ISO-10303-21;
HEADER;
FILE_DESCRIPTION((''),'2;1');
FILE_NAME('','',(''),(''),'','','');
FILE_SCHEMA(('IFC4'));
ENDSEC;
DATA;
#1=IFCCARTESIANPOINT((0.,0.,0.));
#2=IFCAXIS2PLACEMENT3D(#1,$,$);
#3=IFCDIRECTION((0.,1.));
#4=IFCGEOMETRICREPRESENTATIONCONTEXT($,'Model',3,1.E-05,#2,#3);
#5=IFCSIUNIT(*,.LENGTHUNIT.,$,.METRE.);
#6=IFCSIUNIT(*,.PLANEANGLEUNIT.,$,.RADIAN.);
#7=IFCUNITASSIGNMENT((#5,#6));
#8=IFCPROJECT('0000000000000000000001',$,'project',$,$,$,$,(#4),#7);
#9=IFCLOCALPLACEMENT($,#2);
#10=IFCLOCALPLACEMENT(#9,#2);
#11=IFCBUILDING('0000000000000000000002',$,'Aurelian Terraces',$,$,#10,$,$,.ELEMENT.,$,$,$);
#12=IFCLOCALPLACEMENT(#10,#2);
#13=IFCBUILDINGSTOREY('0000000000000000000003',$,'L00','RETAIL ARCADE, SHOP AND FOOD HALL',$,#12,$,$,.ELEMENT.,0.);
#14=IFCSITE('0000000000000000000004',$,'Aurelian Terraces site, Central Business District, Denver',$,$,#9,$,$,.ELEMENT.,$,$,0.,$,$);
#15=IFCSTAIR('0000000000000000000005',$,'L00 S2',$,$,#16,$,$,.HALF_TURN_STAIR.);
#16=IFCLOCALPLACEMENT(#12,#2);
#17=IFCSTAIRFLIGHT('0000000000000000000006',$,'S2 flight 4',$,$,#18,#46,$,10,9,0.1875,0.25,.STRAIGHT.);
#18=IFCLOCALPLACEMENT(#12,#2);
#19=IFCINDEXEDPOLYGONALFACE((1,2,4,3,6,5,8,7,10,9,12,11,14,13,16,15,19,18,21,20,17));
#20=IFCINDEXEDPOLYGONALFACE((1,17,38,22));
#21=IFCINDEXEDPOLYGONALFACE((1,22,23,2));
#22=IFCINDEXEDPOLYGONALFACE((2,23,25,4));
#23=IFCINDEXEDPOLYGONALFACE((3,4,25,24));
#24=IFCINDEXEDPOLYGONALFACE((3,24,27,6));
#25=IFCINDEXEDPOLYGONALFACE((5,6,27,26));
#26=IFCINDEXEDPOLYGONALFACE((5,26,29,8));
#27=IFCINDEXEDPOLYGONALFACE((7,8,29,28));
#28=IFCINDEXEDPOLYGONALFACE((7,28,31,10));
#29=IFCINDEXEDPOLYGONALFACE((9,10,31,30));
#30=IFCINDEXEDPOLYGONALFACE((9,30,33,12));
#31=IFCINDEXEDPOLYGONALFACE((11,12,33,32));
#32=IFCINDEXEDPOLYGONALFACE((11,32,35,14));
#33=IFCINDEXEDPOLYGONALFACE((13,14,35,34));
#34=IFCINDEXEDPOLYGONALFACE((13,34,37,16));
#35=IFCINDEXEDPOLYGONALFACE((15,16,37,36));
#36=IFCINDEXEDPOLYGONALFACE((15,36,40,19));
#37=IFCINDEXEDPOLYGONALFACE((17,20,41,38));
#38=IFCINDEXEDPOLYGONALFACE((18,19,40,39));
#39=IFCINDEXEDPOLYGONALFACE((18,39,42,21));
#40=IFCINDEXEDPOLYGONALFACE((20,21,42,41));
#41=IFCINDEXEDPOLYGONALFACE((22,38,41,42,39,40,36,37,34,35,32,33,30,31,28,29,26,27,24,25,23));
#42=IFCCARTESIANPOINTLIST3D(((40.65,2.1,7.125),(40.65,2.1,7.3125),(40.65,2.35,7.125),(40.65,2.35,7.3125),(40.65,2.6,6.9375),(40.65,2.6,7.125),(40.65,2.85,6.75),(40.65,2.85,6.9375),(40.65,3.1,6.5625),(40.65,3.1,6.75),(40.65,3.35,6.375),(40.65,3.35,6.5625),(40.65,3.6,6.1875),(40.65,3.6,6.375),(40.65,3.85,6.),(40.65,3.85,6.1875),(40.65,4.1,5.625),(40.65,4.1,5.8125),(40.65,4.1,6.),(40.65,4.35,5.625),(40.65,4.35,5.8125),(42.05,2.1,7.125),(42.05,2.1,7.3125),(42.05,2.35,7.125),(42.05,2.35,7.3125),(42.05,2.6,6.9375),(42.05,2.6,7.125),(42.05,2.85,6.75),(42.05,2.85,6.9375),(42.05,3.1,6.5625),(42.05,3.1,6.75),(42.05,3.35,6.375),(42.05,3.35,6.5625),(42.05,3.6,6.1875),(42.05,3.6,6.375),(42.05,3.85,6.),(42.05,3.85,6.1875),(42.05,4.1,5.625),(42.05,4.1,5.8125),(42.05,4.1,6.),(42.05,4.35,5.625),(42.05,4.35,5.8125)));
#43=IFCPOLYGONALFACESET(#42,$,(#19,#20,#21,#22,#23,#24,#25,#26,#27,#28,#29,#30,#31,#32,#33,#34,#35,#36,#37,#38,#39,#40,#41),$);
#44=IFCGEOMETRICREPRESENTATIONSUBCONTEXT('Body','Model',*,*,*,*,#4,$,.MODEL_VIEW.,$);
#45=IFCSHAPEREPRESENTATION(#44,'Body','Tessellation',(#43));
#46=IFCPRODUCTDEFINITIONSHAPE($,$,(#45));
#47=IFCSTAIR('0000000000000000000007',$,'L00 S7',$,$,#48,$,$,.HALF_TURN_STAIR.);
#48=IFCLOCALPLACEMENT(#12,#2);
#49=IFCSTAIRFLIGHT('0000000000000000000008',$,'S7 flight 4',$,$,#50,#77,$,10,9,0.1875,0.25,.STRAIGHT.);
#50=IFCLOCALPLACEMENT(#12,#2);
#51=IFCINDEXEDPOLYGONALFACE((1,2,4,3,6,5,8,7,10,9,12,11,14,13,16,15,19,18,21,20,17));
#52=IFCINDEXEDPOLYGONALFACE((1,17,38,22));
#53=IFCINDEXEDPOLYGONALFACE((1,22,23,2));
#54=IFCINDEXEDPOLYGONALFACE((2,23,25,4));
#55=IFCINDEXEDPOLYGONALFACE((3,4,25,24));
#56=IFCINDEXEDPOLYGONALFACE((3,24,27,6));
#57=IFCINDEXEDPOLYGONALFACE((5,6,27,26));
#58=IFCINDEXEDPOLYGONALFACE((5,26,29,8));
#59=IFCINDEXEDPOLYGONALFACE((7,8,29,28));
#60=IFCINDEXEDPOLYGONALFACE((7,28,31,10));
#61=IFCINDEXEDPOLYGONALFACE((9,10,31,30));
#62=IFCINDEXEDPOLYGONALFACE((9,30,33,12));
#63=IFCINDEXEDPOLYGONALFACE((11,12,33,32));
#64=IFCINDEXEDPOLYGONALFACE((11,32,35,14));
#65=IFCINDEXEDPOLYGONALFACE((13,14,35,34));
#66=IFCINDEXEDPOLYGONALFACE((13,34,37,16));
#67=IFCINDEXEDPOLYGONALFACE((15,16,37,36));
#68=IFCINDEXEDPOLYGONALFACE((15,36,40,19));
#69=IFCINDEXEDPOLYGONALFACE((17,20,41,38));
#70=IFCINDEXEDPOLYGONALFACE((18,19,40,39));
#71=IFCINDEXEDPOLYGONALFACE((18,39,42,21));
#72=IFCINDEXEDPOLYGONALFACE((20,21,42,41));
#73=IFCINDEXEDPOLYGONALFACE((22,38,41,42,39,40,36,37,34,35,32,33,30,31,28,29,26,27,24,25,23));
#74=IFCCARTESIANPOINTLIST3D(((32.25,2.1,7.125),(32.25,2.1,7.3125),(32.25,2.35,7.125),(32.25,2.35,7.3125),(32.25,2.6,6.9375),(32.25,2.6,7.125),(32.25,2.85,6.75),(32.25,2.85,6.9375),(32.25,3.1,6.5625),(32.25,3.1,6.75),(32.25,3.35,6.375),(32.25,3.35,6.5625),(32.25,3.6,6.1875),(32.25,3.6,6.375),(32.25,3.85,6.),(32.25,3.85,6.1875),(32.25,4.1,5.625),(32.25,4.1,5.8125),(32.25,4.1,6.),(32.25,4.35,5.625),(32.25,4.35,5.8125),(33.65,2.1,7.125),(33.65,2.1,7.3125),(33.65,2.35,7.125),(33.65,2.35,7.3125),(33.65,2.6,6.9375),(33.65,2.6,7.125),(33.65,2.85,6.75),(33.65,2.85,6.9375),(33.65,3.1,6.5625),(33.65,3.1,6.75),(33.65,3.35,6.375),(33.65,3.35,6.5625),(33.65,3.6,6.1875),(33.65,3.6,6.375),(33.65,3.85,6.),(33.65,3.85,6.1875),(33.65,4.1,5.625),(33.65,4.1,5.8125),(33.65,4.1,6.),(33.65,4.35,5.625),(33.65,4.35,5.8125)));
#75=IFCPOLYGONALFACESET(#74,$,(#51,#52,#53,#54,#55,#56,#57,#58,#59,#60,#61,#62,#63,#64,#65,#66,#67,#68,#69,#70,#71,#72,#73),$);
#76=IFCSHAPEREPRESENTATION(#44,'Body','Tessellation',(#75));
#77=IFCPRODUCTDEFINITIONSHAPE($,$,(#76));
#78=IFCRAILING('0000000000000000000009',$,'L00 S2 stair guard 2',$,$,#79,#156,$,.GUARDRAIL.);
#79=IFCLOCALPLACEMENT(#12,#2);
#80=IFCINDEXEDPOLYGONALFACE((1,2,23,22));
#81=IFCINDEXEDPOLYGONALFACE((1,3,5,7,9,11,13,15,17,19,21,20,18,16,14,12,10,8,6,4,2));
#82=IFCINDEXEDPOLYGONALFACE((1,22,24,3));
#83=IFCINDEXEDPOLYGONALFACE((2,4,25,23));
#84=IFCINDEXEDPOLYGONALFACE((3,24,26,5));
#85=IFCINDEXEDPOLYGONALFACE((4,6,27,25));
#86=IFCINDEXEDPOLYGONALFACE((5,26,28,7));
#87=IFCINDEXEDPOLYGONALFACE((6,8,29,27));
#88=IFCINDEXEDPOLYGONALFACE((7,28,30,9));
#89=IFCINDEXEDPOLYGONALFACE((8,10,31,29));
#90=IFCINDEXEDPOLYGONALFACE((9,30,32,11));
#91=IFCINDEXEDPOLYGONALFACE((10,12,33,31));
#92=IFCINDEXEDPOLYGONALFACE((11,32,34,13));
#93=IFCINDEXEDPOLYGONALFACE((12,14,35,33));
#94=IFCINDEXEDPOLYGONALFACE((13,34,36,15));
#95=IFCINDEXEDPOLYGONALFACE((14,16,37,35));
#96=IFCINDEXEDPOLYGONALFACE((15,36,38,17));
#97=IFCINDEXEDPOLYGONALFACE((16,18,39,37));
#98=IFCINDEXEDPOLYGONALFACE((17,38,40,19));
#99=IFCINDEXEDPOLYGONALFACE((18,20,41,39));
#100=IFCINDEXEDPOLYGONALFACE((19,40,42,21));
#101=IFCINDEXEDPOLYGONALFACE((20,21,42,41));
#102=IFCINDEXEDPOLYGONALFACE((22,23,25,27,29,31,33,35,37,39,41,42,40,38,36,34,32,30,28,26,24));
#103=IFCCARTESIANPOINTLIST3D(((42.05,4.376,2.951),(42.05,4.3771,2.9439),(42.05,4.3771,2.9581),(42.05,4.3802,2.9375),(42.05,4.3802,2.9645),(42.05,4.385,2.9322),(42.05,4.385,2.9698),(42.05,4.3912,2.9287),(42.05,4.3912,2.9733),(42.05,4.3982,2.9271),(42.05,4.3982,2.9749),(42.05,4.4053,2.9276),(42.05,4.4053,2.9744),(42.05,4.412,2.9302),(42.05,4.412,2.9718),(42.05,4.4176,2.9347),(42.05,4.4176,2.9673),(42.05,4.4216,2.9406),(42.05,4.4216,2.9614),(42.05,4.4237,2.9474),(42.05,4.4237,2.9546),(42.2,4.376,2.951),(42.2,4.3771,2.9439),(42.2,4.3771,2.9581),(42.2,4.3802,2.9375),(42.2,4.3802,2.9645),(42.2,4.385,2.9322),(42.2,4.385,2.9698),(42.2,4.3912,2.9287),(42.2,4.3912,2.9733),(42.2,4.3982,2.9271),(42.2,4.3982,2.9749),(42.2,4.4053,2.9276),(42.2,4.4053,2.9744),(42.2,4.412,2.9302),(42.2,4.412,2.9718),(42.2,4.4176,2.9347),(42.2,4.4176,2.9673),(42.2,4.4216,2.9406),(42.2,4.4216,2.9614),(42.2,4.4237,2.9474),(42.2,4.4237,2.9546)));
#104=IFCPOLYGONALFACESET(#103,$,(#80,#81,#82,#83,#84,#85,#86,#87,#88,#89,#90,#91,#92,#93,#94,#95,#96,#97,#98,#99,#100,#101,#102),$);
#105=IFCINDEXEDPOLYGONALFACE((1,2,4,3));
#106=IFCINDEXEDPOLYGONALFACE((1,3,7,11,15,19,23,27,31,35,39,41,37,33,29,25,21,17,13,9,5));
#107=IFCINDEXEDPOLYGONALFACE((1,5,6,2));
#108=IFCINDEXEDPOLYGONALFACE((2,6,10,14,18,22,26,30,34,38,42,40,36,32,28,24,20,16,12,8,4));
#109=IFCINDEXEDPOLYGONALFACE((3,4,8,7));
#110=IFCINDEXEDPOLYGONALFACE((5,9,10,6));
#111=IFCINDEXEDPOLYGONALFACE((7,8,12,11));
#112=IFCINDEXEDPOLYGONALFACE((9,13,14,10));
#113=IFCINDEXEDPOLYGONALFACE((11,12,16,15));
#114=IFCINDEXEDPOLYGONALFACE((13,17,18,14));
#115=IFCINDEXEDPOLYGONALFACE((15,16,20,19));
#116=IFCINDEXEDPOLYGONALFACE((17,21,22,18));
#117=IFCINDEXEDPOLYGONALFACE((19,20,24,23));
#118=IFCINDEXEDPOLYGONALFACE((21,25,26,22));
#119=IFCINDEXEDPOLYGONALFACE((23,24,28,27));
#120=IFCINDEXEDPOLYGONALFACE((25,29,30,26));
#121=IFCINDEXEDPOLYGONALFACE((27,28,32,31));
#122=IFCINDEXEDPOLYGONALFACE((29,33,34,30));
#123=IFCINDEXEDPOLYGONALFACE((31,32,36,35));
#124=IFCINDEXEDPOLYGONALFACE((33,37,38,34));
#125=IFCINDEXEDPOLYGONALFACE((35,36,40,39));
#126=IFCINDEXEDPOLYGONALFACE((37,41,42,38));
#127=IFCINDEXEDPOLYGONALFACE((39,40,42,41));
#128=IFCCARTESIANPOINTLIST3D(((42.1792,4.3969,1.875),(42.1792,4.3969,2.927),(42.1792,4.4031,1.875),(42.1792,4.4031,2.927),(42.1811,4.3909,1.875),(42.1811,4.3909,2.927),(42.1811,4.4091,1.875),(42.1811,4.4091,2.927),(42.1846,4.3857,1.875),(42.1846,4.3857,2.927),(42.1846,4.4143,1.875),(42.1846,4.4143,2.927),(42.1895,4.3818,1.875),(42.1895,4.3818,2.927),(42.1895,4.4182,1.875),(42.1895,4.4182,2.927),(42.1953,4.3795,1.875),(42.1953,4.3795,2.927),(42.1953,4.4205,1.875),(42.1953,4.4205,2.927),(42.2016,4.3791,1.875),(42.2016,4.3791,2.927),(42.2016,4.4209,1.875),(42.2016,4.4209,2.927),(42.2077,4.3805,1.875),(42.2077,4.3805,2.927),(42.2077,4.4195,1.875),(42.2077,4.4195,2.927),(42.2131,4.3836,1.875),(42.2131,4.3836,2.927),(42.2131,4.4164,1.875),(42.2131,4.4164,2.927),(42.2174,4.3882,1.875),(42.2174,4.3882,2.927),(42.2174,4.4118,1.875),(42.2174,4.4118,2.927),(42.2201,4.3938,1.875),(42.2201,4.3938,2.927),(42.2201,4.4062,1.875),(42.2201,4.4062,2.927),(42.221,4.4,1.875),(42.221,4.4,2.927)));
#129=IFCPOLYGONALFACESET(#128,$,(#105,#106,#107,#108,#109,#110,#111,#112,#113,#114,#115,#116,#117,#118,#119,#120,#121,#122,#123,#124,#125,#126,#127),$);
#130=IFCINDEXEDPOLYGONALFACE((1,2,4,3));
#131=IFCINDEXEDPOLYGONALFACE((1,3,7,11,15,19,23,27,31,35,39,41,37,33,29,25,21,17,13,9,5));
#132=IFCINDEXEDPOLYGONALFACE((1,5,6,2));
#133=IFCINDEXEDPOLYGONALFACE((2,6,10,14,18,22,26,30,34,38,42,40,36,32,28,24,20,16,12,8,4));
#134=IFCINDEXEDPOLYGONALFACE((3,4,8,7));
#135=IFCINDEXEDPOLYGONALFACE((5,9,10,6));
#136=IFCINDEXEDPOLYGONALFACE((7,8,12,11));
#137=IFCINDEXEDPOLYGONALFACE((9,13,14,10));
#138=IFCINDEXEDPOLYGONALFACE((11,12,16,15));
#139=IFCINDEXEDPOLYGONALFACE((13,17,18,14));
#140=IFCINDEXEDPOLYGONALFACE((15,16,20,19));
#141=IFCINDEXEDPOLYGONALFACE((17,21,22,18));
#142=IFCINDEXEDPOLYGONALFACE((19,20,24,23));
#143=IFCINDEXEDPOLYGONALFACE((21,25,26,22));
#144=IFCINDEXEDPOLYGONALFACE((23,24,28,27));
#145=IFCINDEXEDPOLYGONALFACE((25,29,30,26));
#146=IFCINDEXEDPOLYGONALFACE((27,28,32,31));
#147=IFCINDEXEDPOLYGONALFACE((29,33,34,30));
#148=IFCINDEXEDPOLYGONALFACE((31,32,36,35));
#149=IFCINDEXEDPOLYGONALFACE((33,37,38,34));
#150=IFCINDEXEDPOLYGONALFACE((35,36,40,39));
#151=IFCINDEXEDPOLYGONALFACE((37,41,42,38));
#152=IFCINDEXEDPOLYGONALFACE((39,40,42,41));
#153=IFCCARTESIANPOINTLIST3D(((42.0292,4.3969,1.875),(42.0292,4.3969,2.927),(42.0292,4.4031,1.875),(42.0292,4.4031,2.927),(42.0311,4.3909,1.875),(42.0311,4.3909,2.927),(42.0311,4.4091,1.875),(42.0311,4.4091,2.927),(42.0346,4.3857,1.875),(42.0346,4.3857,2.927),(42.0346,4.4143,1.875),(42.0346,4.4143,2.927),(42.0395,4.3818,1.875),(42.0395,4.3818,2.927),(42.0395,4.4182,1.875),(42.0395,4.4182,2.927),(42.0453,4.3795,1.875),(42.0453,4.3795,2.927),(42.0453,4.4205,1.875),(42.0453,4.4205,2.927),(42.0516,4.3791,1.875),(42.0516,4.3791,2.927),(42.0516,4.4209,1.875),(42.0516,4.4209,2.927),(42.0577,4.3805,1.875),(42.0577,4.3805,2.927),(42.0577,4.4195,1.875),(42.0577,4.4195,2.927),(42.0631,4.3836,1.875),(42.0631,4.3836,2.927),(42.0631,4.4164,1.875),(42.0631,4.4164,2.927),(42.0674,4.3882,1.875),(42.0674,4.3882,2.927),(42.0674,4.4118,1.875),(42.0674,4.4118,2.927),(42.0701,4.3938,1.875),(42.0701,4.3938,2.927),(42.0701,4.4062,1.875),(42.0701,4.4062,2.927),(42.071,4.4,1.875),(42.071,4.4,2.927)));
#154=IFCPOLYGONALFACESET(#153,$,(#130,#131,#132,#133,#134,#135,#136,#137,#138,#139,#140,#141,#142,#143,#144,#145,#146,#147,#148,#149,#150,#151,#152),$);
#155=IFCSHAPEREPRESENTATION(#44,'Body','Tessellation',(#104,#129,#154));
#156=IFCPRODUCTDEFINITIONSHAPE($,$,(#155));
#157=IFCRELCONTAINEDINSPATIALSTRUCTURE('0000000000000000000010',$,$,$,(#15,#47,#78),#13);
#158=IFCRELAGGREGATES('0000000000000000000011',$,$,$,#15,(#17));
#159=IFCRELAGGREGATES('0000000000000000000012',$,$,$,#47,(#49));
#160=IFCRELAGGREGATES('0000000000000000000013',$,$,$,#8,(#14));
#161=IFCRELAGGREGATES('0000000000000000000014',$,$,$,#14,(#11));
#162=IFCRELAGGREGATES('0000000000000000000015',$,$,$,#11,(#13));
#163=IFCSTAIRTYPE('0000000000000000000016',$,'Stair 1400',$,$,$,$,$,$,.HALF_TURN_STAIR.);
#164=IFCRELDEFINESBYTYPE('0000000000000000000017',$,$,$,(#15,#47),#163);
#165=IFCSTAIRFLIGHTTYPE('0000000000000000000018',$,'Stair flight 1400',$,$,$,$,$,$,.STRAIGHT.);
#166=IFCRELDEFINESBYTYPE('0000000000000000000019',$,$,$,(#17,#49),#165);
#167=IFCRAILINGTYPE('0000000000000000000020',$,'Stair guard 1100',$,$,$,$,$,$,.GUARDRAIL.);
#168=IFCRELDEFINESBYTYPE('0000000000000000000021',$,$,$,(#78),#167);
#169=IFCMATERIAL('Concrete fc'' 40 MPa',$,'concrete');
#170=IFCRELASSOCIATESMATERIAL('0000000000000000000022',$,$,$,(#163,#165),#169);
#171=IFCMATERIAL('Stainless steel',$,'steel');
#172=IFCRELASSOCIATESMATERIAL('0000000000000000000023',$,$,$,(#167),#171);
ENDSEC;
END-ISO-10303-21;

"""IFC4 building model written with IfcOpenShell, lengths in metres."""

from ifc_helpers import new_model, si_unit, direction, frame, origin, origin_2d, place, context, subcontext, project, spatial, polyline, circle, outline, extrude, source, transform, mapped, material, type_object, element, aggregate, save


model = new_model("IFC4")

# Units and contexts
model_context = context("Model", 3, precision=1e-05, world=origin(), true_north=direction((0.0, 1.0)))
body_context = subcontext(model_context, "Body", "Model", "MODEL_VIEW")
ifc_project = project(units=[si_unit("LENGTHUNIT", "METRE"), si_unit("PLANEANGLEUNIT", "RADIAN")], contexts=[model_context])

# Site, building, storey
site_placement = place(None, origin())
site = spatial("IfcSite", under=ifc_project, at=site_placement, Name="Aurelian Terraces site, Central Business District, Denver", CompositionType="ELEMENT", RefElevation=0.0)
building_placement = place(site_placement, origin())
building = spatial("IfcBuilding", under=site, at=building_placement, Name="Aurelian Terraces", CompositionType="ELEMENT")
storey_placement = place(building_placement, origin())
storey = spatial("IfcBuildingStorey", under=building, at=storey_placement, Name="L00", Description="RETAIL ARCADE, SHOP AND FOOD HALL", CompositionType="ELEMENT", Elevation=0.0)

# Shared definitions
ifc_material_1 = material(Name="Concrete fc' 40 MPa", Category="concrete")

# Stair, stair flight
stair_type = type_object("IfcStairType", Name="Stair 1400", PredefinedType="HALF_TURN_STAIR", material=ifc_material_1)
stair_1_placement = place(storey_placement, origin())
stair_1 = element("IfcStair", 1, at=stair_1_placement, inside=storey, type_object=stair_type, Name="L00 S2", PredefinedType="HALF_TURN_STAIR")
stair_flight_type = type_object("IfcStairFlightType", Name="Stair flight 1400", PredefinedType="STRAIGHT", material=ifc_material_1)
shared_shape_1 = source(origin(), body_context, "Body", "SweptSolid", [
    extrude(outline(polyline([(0.0, 0.0), (0.0, 0.1875), (0.25, 0.1875), (0.25, 0.375), (0.5, 0.375), (0.5, 0.5625), (0.75, 0.5625), (0.75, 0.75), (1.0, 0.75), (1.0, 0.9375), (1.25, 0.9375), (1.25, 1.125), (1.5, 1.125), (1.5, 1.3125), (1.75, 1.3125), (1.75, 1.5), (2.0, 1.5), (2.0, 1.6875), (2.25, 1.6875), (2.25, 1.875), (2.25, 1.5), (0.25, 0.0), (0.0, 0.0)])), frame((0.0, 0.7, 0.0), z_axis=(0.0, -1.0, 0.0), x_axis=(1.0, 0.0, 0.0)), (0.0, 0.0, 1.0), 1.4),
])
stair_flight_1_placement = place(storey_placement, frame((41.35, 4.35, 5.625), z_axis=(0.0, 0.0, 1.0), x_axis=(0.0, -1.0, 0.0)))
stair_flight_1 = element("IfcStairFlight", 2, at=stair_flight_1_placement, type_object=stair_flight_type, Name="S2 flight 4", NumberOfRisers=10, NumberOfTreads=9, PredefinedType="STRAIGHT", RiserHeight=0.1875, TreadLength=0.25, context=body_context, shape_type="MappedRepresentation", body=[
    mapped(shared_shape_1, transform((0.0, 0.0, 0.0), scale=1.0)),
])
aggregate(stair_1, [stair_flight_1])

# Stair, stair flight
stair_2_placement = place(storey_placement, origin())
stair_2 = element("IfcStair", 3, at=stair_2_placement, inside=storey, type_object=stair_type, Name="L00 S7", PredefinedType="HALF_TURN_STAIR")
stair_flight_2_placement = place(storey_placement, frame((32.95, 4.35, 5.625), z_axis=(0.0, 0.0, 1.0), x_axis=(0.0, -1.0, 0.0)))
stair_flight_2 = element("IfcStairFlight", 4, at=stair_flight_2_placement, type_object=stair_flight_type, Name="S7 flight 4", NumberOfRisers=10, NumberOfTreads=9, PredefinedType="STRAIGHT", RiserHeight=0.1875, TreadLength=0.25, context=body_context, shape_type="MappedRepresentation", body=[
    mapped(shared_shape_1, transform((0.0, 0.0, 0.0), scale=1.0)),
])
aggregate(stair_2, [stair_flight_2])

# Railing
ifc_material_2 = material(Name="Stainless steel", Category="steel")
railing_type_1 = type_object("IfcRailingType", Name="Stair guard 1100", PredefinedType="GUARDRAIL", material=ifc_material_2)
shared_shape_2 = source(origin(), body_context, "Body", "SweptSolid", [
    extrude(circle(Radius=0.024, at=origin_2d()), frame((0.0, 0.0, 1.076), z_axis=(-1.0, 0.0, 0.0), x_axis=(0.0, -1.0, 0.0)), (0.0, 0.0, 1.0), 0.15),
    extrude(circle(Radius=0.021, at=origin_2d()), origin(), (0.0, 0.0, 1.0), 1.052),
    extrude(circle(Radius=0.021, at=origin_2d()), frame((-0.15, 0.0, 0.0)), (0.0, 0.0, 1.0), 1.052),
])
for number, where, name in (
    (5, (42.2, 4.4, 1.875), "L00 S2 stair guard 2"),
):
    element("IfcRailing", number, at=place(storey_placement, frame(where)), inside=storey, type_object=railing_type_1, Name=name, PredefinedType="GUARDRAIL", context=body_context, shape_type="MappedRepresentation", body=[
        mapped(shared_shape_2, transform((0.0, 0.0, 0.0), scale=1.0)),
    ])

save(model, "model.ifc")
